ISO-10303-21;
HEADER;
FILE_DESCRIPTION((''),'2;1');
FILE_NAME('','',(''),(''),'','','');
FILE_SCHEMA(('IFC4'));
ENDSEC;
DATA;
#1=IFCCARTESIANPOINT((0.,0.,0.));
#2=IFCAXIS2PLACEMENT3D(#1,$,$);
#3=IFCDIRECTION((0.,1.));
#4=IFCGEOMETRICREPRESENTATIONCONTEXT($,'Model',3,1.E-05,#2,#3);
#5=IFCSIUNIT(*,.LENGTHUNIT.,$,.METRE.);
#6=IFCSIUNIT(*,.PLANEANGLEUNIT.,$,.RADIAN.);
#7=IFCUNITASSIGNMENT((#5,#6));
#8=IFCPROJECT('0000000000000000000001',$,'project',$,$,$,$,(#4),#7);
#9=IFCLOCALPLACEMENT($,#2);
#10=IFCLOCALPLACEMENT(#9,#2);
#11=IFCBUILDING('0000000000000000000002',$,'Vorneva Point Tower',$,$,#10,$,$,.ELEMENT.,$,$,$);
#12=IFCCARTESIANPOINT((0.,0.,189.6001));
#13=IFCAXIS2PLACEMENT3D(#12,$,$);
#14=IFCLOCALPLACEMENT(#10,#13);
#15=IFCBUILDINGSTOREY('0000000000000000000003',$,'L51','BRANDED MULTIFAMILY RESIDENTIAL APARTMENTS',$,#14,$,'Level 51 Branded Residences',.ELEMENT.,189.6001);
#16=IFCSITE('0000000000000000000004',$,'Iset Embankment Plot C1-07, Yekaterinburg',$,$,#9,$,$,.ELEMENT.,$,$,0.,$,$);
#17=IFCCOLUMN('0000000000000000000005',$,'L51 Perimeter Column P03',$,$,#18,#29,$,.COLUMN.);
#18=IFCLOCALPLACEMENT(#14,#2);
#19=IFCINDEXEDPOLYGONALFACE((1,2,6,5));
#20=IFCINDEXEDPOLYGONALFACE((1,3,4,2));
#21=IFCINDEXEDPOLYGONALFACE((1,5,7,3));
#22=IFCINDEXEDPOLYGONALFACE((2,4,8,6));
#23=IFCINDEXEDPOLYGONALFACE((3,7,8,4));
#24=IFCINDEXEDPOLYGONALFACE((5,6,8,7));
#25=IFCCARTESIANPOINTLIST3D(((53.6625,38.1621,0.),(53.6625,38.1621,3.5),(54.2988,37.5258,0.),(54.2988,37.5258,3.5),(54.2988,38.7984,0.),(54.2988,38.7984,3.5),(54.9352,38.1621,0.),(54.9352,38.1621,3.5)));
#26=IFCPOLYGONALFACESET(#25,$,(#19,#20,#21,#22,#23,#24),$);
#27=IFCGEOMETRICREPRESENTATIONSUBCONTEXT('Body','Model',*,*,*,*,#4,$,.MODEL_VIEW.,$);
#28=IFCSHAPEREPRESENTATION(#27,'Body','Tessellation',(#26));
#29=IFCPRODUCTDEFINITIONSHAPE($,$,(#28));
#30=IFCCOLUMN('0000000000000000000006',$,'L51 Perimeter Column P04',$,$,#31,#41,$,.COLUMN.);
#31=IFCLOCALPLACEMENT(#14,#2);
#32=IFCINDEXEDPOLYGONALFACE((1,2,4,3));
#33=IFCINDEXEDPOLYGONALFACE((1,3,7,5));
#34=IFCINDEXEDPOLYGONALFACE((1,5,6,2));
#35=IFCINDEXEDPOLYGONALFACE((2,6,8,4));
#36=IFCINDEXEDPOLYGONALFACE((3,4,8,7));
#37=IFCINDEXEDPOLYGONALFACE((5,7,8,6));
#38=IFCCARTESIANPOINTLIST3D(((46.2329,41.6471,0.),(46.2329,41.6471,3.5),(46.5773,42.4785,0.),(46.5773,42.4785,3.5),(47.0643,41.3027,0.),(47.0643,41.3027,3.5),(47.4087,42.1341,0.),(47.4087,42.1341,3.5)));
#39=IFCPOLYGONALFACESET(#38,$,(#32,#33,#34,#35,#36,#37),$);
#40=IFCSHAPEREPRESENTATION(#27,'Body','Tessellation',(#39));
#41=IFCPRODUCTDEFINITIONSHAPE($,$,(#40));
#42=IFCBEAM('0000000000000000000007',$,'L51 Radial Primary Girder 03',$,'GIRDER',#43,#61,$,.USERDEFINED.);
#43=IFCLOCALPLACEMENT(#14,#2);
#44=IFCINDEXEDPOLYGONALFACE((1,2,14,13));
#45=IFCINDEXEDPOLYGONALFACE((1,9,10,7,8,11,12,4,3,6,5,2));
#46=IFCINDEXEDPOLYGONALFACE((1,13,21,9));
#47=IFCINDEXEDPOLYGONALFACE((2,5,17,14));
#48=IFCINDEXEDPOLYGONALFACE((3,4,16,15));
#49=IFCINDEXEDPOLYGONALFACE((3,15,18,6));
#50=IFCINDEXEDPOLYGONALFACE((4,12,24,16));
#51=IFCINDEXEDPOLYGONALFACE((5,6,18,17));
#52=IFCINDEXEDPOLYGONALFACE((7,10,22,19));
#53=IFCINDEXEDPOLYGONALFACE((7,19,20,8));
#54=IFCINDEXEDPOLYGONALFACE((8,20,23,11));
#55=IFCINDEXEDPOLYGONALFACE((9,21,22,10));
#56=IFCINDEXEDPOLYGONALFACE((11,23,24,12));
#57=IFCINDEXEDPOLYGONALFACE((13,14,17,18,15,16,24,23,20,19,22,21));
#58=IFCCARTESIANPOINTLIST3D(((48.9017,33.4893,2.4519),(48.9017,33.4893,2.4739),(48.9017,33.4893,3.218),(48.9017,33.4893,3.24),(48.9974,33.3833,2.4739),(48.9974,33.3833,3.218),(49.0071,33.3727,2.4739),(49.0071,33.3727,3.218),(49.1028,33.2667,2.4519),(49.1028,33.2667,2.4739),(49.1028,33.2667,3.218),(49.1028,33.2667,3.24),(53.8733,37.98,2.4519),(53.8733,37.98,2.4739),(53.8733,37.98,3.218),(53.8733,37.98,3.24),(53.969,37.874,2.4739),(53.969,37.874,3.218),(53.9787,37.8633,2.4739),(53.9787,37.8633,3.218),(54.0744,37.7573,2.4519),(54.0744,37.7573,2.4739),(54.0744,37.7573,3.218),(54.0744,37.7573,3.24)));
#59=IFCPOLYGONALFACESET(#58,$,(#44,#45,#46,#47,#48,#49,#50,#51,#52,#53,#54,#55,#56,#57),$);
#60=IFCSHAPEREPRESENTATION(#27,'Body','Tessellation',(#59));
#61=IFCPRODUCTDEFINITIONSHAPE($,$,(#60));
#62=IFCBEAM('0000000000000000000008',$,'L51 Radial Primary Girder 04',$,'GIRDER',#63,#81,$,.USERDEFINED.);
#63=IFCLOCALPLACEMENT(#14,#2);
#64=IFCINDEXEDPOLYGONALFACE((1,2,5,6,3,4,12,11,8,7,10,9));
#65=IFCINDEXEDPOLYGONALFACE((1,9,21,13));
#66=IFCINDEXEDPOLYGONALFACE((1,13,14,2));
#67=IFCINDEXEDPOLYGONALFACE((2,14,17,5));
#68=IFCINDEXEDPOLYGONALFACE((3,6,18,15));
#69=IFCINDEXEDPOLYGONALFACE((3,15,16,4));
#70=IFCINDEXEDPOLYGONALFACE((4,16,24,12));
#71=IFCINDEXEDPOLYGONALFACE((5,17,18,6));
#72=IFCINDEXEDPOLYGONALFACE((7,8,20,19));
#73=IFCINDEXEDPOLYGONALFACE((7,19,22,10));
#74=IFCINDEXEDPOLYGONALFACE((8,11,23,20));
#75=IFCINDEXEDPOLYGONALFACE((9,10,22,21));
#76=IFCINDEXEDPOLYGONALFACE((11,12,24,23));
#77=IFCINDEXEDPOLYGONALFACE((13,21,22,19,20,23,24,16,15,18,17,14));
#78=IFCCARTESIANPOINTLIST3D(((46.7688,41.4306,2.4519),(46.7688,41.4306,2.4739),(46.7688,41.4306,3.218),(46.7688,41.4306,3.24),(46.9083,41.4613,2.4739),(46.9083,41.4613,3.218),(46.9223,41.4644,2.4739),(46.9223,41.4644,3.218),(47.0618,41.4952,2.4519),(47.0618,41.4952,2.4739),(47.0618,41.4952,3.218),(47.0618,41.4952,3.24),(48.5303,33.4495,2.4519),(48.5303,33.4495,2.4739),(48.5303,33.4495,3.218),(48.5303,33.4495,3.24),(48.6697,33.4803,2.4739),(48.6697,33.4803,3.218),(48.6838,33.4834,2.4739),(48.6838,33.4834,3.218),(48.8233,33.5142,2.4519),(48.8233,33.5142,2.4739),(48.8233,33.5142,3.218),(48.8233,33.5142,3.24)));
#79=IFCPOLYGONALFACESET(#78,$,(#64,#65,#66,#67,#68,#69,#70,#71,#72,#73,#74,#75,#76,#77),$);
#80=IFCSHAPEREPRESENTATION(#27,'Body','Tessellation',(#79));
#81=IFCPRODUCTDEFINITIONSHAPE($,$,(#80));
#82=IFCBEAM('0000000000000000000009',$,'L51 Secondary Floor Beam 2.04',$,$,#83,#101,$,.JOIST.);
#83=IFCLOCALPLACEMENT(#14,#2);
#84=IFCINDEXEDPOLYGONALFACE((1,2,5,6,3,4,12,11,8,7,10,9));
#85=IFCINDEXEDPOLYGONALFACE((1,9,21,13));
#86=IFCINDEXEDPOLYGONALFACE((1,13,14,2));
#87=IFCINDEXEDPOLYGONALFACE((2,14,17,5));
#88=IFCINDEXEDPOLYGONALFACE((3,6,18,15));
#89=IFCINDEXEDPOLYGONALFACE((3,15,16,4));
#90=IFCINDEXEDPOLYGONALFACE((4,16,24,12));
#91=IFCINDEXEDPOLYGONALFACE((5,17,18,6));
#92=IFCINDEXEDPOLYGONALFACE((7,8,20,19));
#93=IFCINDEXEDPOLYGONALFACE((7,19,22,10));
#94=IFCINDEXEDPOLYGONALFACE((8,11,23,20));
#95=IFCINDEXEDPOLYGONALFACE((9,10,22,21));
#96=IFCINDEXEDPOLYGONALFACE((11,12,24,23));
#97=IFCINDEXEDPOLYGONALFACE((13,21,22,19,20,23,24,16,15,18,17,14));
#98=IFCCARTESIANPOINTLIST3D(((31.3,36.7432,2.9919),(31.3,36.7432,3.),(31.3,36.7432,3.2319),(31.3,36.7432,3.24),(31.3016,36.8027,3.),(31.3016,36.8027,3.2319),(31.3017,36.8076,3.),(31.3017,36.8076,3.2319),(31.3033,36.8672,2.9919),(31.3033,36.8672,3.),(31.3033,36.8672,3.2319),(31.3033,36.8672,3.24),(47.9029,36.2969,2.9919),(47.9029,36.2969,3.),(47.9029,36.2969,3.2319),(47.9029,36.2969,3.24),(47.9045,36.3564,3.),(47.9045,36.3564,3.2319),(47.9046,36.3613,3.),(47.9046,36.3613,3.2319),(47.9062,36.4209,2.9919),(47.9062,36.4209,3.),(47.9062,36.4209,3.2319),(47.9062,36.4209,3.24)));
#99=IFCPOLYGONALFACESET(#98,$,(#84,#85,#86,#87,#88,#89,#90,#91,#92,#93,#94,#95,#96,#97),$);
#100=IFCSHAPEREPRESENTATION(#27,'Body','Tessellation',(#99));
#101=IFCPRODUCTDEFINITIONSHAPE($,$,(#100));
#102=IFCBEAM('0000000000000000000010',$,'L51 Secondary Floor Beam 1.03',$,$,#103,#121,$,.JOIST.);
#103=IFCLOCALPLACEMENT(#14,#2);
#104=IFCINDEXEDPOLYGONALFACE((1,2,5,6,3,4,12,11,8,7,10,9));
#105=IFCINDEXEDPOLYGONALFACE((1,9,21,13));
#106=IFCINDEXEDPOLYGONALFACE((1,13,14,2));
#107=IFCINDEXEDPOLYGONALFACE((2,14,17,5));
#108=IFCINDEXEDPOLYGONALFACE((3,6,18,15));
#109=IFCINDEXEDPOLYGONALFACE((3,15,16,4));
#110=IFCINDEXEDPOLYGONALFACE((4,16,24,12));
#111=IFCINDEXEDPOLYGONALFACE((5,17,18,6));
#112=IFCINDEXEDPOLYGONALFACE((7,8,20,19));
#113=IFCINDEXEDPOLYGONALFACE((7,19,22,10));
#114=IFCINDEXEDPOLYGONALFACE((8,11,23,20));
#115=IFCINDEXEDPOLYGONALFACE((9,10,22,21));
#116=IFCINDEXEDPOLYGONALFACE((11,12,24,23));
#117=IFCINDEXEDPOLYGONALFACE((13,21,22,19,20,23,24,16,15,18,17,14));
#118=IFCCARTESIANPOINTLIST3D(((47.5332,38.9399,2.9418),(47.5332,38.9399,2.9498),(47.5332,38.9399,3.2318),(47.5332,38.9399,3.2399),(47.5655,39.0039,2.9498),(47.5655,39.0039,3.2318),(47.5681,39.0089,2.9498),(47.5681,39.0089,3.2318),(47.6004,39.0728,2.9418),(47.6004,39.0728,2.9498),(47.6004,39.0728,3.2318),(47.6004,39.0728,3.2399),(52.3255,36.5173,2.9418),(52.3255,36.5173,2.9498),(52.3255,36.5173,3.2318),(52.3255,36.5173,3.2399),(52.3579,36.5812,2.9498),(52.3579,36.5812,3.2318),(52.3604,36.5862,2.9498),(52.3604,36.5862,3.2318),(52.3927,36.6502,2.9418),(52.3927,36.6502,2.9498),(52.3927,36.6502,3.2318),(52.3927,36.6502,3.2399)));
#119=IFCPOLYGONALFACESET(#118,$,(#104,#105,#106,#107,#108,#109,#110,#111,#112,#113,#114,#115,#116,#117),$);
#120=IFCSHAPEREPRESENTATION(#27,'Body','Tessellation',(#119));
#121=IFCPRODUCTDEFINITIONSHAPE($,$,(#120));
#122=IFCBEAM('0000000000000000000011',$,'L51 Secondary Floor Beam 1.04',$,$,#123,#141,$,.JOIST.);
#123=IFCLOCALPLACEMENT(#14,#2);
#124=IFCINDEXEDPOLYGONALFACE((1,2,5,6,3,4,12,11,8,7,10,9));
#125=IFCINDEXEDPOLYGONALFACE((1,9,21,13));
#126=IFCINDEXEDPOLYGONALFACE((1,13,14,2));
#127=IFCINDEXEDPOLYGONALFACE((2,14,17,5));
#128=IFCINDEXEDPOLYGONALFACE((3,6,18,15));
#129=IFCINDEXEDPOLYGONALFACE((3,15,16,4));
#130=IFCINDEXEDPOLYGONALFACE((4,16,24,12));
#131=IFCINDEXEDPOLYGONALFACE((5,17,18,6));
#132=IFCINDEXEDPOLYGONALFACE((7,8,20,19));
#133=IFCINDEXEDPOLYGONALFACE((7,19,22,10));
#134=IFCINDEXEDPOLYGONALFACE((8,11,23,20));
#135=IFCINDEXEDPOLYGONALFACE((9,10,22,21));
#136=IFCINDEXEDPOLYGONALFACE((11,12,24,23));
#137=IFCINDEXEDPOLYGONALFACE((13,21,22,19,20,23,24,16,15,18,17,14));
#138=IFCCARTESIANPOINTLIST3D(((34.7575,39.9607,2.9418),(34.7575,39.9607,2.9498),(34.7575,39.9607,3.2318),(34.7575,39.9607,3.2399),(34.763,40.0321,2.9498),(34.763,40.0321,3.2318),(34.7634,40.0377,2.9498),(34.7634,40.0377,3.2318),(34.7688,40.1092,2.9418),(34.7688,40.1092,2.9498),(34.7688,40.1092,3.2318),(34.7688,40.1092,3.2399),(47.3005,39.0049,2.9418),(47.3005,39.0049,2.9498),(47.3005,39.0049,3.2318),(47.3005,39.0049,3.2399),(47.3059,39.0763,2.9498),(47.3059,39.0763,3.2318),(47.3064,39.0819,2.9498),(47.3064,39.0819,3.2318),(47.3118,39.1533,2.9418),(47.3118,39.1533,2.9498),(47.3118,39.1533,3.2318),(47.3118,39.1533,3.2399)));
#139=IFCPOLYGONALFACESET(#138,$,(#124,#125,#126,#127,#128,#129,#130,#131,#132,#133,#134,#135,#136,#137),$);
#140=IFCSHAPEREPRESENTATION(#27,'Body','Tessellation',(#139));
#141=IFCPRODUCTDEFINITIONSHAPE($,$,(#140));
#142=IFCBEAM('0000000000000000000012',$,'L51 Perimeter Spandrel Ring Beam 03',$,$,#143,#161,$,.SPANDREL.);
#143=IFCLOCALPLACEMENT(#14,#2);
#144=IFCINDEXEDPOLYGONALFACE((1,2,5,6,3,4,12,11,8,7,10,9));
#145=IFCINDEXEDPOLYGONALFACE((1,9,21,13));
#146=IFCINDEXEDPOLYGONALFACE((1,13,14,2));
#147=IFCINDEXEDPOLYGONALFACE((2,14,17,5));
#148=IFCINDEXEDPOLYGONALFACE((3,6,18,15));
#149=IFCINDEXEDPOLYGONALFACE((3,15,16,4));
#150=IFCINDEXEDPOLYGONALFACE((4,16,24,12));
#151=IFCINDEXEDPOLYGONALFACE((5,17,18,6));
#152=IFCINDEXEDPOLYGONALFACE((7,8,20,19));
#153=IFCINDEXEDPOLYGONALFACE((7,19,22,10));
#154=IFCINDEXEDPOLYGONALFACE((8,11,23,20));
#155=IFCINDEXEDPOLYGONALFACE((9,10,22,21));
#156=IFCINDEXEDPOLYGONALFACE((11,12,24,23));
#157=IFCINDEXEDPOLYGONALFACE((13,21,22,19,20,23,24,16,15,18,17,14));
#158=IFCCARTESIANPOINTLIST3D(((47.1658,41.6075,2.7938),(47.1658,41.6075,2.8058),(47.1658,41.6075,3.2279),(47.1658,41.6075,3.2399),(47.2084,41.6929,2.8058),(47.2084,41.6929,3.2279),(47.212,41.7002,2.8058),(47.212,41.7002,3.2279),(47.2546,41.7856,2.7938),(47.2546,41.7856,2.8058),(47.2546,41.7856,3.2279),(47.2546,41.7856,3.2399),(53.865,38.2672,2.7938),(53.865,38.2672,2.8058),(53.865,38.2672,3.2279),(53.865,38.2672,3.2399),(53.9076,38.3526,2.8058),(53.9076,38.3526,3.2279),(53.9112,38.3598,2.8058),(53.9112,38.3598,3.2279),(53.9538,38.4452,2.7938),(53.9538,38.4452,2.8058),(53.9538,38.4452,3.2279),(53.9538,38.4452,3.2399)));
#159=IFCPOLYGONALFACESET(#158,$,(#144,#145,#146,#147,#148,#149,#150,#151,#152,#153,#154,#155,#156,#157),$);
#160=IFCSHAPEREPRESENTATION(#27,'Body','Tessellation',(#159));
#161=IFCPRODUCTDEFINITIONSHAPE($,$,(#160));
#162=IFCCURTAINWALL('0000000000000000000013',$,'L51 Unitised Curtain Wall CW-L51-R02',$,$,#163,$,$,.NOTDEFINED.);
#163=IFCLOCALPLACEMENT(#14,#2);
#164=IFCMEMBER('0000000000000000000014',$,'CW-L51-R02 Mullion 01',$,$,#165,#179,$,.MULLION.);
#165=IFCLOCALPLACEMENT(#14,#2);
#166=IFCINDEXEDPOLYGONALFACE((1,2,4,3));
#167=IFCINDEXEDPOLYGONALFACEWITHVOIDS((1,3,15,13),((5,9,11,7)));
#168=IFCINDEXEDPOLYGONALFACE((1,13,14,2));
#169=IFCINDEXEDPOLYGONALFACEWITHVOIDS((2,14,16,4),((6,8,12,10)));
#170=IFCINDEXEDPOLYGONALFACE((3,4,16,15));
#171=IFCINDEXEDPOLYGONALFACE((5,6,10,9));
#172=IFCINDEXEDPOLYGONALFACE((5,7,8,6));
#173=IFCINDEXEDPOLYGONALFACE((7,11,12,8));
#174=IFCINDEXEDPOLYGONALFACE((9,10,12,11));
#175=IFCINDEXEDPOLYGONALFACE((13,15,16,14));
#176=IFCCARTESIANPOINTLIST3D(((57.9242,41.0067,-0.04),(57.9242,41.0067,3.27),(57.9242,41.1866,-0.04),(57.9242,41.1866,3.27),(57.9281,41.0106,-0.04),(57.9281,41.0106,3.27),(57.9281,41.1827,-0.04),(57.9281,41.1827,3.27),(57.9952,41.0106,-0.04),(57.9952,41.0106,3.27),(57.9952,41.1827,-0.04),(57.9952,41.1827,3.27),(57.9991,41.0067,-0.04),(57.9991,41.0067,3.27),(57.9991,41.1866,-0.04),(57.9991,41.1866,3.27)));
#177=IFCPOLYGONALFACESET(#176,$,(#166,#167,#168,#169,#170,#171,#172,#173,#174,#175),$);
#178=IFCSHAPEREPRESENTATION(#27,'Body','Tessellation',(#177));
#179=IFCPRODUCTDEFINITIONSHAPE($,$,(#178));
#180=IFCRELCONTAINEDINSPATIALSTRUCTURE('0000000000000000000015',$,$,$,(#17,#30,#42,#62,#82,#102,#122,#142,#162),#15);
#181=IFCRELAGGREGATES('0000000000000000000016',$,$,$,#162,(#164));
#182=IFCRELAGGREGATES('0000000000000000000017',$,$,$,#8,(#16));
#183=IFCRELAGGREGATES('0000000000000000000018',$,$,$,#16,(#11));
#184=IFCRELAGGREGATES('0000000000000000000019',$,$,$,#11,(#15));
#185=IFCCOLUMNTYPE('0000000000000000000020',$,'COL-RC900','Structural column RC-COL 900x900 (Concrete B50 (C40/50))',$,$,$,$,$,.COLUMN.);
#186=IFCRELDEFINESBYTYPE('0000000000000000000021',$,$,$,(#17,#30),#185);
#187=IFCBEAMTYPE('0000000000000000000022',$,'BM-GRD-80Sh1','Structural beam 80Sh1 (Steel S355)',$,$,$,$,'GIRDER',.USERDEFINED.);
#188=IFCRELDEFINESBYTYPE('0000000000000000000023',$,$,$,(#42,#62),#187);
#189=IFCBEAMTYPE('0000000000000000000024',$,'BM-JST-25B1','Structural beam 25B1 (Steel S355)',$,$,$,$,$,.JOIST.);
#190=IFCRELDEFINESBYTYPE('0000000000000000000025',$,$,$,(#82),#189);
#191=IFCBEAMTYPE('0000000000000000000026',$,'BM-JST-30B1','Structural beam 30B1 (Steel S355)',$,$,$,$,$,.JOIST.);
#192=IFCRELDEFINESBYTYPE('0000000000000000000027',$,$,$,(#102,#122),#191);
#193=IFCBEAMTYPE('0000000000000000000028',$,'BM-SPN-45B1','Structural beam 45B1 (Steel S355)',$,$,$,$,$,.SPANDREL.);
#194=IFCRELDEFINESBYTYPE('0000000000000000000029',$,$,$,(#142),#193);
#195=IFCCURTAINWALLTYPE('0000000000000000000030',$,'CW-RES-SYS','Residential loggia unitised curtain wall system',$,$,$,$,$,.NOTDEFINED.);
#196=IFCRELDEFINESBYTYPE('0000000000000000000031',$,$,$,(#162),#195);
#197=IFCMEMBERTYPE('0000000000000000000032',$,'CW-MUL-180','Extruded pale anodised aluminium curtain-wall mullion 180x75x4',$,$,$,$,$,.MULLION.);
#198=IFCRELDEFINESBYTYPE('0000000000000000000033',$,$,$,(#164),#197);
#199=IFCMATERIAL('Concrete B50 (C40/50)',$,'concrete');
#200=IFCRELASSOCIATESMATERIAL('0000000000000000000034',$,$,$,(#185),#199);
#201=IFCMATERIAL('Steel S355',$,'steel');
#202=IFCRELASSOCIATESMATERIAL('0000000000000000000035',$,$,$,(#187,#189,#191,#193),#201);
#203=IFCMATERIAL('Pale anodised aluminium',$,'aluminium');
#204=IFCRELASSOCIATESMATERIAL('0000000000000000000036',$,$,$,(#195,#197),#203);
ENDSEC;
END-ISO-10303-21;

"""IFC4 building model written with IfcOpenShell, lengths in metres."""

from ifc_helpers import new_model, si_unit, direction, frame, origin, origin_2d, place, context, subcontext, project, spatial, rectangle, hollow_rectangle, i_section, extrude, material, material_profile, profile_set, type_object, element, aggregate, save


model = new_model("IFC4")

# Units and contexts
model_context = context("Model", 3, precision=1e-05, world=origin(), true_north=direction((0.0, 1.0)))
body_context = subcontext(model_context, "Body", "Model", "MODEL_VIEW")
ifc_project = project(units=[si_unit("LENGTHUNIT", "METRE"), si_unit("PLANEANGLEUNIT", "RADIAN")], contexts=[model_context])

# Site, building, storey
site_placement = place(None, origin())
site = spatial("IfcSite", under=ifc_project, at=site_placement, Name="Iset Embankment Plot C1-07, Yekaterinburg", CompositionType="ELEMENT", RefElevation=0.0)
building_placement = place(site_placement, origin())
building = spatial("IfcBuilding", under=site, at=building_placement, Name="Vorneva Point Tower", CompositionType="ELEMENT")
storey_placement = place(building_placement, frame((0.0, 0.0, 189.6001)))
storey = spatial("IfcBuildingStorey", under=building, at=storey_placement, Name="L51", Description="BRANDED MULTIFAMILY RESIDENTIAL APARTMENTS", LongName="Level 51 Branded Residences", CompositionType="ELEMENT", Elevation=189.6001)

# Columns
ifc_material_1 = material(Name="Concrete B50 (C40/50)", Category="concrete")
ifc_material_profile_1 = material_profile(ifc_material_1, rectangle(XDim=0.8999, YDim=0.8999, at=origin_2d()), Name="RC-COL 900x900")
ifc_profile_set_1 = profile_set([ifc_material_profile_1], Name="Concrete B50 (C40/50)")
column_type = type_object("IfcColumnType", Name="COL-RC900", Description="Structural column RC-COL 900x900 (Concrete B50 (C40/50))", PredefinedType="COLUMN", material=ifc_profile_set_1)
for number, where, z_axis, x_axis, name in (
    (1, (54.2988, 38.1621, 0.0), (0.0, 0.0, 1.0), (0.707107, 0.707107, 0.0), "L51 Perimeter Column P03"),
    (2, (46.8208, 41.8906, 0.0), (0.0, 0.0, 1.0), (0.382683, 0.92388, 0.0), "L51 Perimeter Column P04"),
):
    element("IfcColumn", number, at=place(storey_placement, frame(where, z_axis=z_axis, x_axis=x_axis)), inside=storey, type_object=column_type, Name=name, PredefinedType="COLUMN", context=body_context, shape_type="SweptSolid", body=[
        extrude(rectangle(XDim=0.8999, YDim=0.8999, at=origin_2d()), origin(), (0.0, 0.0, 1.0), 3.5),
    ])

# Beams
ifc_material_2 = material(Name="Steel S355", Category="steel")
ifc_material_profile_2 = material_profile(ifc_material_2, i_section(OverallWidth=0.3, OverallDepth=0.7881, WebThickness=0.0144, FlangeThickness=0.022, at=origin_2d()), Name="80Sh1")
ifc_profile_set_2 = profile_set([ifc_material_profile_2], Name="Steel S355")
beam_type_1 = type_object("IfcBeamType", Name="BM-GRD-80Sh1", Description="Structural beam 80Sh1 (Steel S355)", ElementType="GIRDER", PredefinedType="USERDEFINED", material=ifc_profile_set_2)
beam_1_placement = place(storey_placement, frame((53.9739, 37.8687, 2.8459), z_axis=(-0.74209, -0.670301, 0.0), x_axis=(0.670301, -0.74209, 0.0)))
element("IfcBeam", 3, at=beam_1_placement, inside=storey, type_object=beam_type_1, Name="L51 Radial Primary Girder 03", ObjectType="GIRDER", PredefinedType="USERDEFINED", context=body_context, shape_type="SweptSolid", body=[
    extrude(i_section(OverallWidth=0.3, OverallDepth=0.7881, WebThickness=0.0144, FlangeThickness=0.022, at=origin_2d()), origin(), (0.0, 0.0, 1.0), 6.6995),
])
beam_2_placement = place(storey_placement, frame((46.9153, 41.4629, 2.8459), z_axis=(0.215523, -0.976499, 0.0), x_axis=(0.976499, 0.215523, 0.0)))
element("IfcBeam", 4, at=beam_2_placement, inside=storey, type_object=beam_type_1, Name="L51 Radial Primary Girder 04", ObjectType="GIRDER", PredefinedType="USERDEFINED", context=body_context, shape_type="SweptSolid", body=[
    extrude(i_section(OverallWidth=0.3, OverallDepth=0.7881, WebThickness=0.0144, FlangeThickness=0.022, at=origin_2d()), origin(), (0.0, 0.0, 1.0), 8.1731),
])
ifc_material_profile_3 = material_profile(ifc_material_2, i_section(OverallWidth=0.124, OverallDepth=0.248, WebThickness=0.0049, FlangeThickness=0.0081, at=origin_2d()), Name="25B1")
ifc_profile_set_3 = profile_set([ifc_material_profile_3], Name="Steel S355")
beam_type_2 = type_object("IfcBeamType", Name="BM-JST-25B1", Description="Structural beam 25B1 (Steel S355)", PredefinedType="JOIST", material=ifc_profile_set_3)
beam_3_placement = place(storey_placement, frame((47.9045, 36.3589, 3.116), z_axis=(-0.999639, 0.026871, 0.0), x_axis=(-0.026871, -0.999639, 0.0)))
element("IfcBeam", 5, at=beam_3_placement, inside=storey, type_object=beam_type_2, Name="L51 Secondary Floor Beam 2.04", PredefinedType="JOIST", context=body_context, shape_type="SweptSolid", body=[
    extrude(i_section(OverallWidth=0.124, OverallDepth=0.248, WebThickness=0.0049, FlangeThickness=0.0081, at=origin_2d()), origin(), (0.0, 0.0, 1.0), 16.6089),
])
ifc_material_profile_4 = material_profile(ifc_material_2, i_section(OverallWidth=0.1489, OverallDepth=0.2981, WebThickness=0.0056, FlangeThickness=0.0081, at=origin_2d()), Name="30B1")
ifc_profile_set_4 = profile_set([ifc_material_profile_4], Name="Steel S355")
beam_type_3 = type_object("IfcBeamType", Name="BM-JST-30B1", Description="Structural beam 30B1 (Steel S355)", PredefinedType="JOIST", material=ifc_profile_set_4)
beam_4_placement = place(storey_placement, frame((52.3591, 36.5837, 3.0908), z_axis=(-0.892445, 0.451156, 0.0), x_axis=(-0.451156, -0.892445, 0.0)))
element("IfcBeam", 6, at=beam_4_placement, inside=storey, type_object=beam_type_3, Name="L51 Secondary Floor Beam 1.03", PredefinedType="JOIST", context=body_context, shape_type="SweptSolid", body=[
    extrude(i_section(OverallWidth=0.1489, OverallDepth=0.2981, WebThickness=0.0056, FlangeThickness=0.0081, at=origin_2d()), origin(), (0.0, 0.0, 1.0), 5.3699),
])
beam_5_placement = place(storey_placement, frame((47.3062, 39.0791, 3.0908), z_axis=(-0.997109, 0.075983, 0.0), x_axis=(-0.075983, -0.997109, 0.0)))
element("IfcBeam", 7, at=beam_5_placement, inside=storey, type_object=beam_type_3, Name="L51 Secondary Floor Beam 1.04", PredefinedType="JOIST", context=body_context, shape_type="SweptSolid", body=[
    extrude(i_section(OverallWidth=0.1489, OverallDepth=0.2981, WebThickness=0.0056, FlangeThickness=0.0081, at=origin_2d()), origin(), (0.0, 0.0, 1.0), 12.5793),
])
ifc_material_profile_5 = material_profile(ifc_material_2, i_section(OverallWidth=0.199, OverallDepth=0.446, WebThickness=0.0081, FlangeThickness=0.012, at=origin_2d()), Name="45B1")
ifc_profile_set_5 = profile_set([ifc_material_profile_5], Name="Steel S355")
beam_type_4 = type_object("IfcBeamType", Name="BM-SPN-45B1", Description="Structural beam 45B1 (Steel S355)", PredefinedType="SPANDREL", material=ifc_profile_set_5)
beam_6_placement = place(storey_placement, frame((53.9094, 38.3562, 3.0168), z_axis=(-0.894922, 0.446222, 0.0), x_axis=(-0.446222, -0.894922, 0.0)))
element("IfcBeam", 8, at=beam_6_placement, inside=storey, type_object=beam_type_4, Name="L51 Perimeter Spandrel Ring Beam 03", PredefinedType="SPANDREL", context=body_context, shape_type="SweptSolid", body=[
    extrude(i_section(OverallWidth=0.199, OverallDepth=0.446, WebThickness=0.0081, FlangeThickness=0.012, at=origin_2d()), origin(), (0.0, 0.0, 1.0), 7.4858),
])

# Curtain wall, member
ifc_material_3 = material(Name="Pale anodised aluminium", Category="aluminium")
curtain_wall_type = type_object("IfcCurtainWallType", Name="CW-RES-SYS", Description="Residential loggia unitised curtain wall system", PredefinedType="NOTDEFINED", material=ifc_material_3)
curtain_wall_placement = place(storey_placement, origin())
curtain_wall = element("IfcCurtainWall", 9, at=curtain_wall_placement, inside=storey, type_object=curtain_wall_type, Name="L51 Unitised Curtain Wall CW-L51-R02", PredefinedType="NOTDEFINED")
ifc_material_profile_6 = material_profile(ifc_material_3, hollow_rectangle(XDim=0.075, YDim=0.1799, WallThickness=0.0039, at=origin_2d()), Name="AL-MUL 180x75x4")
ifc_profile_set_6 = profile_set([ifc_material_profile_6], Name="Pale anodised aluminium")
member_type_1 = type_object("IfcMemberType", Name="CW-MUL-180", Description="Extruded pale anodised aluminium curtain-wall mullion 180x75x4", PredefinedType="MULLION", material=ifc_profile_set_6)
member_1_placement = place(storey_placement, frame((57.9617, 41.0967, -0.04), z_axis=(0.0, 0.0, 1.0), x_axis=(1.0, 0.0, 0.0)))
member_1 = element("IfcMember", 10, at=member_1_placement, type_object=member_type_1, Name="CW-L51-R02 Mullion 01", PredefinedType="MULLION", context=body_context, shape_type="SweptSolid", body=[
    extrude(hollow_rectangle(XDim=0.075, YDim=0.1799, WallThickness=0.0039, at=origin_2d()), origin(), (0.0, 0.0, 1.0), 3.3101),
])
aggregate(curtain_wall, [member_1])

save(model, "model.ifc")
